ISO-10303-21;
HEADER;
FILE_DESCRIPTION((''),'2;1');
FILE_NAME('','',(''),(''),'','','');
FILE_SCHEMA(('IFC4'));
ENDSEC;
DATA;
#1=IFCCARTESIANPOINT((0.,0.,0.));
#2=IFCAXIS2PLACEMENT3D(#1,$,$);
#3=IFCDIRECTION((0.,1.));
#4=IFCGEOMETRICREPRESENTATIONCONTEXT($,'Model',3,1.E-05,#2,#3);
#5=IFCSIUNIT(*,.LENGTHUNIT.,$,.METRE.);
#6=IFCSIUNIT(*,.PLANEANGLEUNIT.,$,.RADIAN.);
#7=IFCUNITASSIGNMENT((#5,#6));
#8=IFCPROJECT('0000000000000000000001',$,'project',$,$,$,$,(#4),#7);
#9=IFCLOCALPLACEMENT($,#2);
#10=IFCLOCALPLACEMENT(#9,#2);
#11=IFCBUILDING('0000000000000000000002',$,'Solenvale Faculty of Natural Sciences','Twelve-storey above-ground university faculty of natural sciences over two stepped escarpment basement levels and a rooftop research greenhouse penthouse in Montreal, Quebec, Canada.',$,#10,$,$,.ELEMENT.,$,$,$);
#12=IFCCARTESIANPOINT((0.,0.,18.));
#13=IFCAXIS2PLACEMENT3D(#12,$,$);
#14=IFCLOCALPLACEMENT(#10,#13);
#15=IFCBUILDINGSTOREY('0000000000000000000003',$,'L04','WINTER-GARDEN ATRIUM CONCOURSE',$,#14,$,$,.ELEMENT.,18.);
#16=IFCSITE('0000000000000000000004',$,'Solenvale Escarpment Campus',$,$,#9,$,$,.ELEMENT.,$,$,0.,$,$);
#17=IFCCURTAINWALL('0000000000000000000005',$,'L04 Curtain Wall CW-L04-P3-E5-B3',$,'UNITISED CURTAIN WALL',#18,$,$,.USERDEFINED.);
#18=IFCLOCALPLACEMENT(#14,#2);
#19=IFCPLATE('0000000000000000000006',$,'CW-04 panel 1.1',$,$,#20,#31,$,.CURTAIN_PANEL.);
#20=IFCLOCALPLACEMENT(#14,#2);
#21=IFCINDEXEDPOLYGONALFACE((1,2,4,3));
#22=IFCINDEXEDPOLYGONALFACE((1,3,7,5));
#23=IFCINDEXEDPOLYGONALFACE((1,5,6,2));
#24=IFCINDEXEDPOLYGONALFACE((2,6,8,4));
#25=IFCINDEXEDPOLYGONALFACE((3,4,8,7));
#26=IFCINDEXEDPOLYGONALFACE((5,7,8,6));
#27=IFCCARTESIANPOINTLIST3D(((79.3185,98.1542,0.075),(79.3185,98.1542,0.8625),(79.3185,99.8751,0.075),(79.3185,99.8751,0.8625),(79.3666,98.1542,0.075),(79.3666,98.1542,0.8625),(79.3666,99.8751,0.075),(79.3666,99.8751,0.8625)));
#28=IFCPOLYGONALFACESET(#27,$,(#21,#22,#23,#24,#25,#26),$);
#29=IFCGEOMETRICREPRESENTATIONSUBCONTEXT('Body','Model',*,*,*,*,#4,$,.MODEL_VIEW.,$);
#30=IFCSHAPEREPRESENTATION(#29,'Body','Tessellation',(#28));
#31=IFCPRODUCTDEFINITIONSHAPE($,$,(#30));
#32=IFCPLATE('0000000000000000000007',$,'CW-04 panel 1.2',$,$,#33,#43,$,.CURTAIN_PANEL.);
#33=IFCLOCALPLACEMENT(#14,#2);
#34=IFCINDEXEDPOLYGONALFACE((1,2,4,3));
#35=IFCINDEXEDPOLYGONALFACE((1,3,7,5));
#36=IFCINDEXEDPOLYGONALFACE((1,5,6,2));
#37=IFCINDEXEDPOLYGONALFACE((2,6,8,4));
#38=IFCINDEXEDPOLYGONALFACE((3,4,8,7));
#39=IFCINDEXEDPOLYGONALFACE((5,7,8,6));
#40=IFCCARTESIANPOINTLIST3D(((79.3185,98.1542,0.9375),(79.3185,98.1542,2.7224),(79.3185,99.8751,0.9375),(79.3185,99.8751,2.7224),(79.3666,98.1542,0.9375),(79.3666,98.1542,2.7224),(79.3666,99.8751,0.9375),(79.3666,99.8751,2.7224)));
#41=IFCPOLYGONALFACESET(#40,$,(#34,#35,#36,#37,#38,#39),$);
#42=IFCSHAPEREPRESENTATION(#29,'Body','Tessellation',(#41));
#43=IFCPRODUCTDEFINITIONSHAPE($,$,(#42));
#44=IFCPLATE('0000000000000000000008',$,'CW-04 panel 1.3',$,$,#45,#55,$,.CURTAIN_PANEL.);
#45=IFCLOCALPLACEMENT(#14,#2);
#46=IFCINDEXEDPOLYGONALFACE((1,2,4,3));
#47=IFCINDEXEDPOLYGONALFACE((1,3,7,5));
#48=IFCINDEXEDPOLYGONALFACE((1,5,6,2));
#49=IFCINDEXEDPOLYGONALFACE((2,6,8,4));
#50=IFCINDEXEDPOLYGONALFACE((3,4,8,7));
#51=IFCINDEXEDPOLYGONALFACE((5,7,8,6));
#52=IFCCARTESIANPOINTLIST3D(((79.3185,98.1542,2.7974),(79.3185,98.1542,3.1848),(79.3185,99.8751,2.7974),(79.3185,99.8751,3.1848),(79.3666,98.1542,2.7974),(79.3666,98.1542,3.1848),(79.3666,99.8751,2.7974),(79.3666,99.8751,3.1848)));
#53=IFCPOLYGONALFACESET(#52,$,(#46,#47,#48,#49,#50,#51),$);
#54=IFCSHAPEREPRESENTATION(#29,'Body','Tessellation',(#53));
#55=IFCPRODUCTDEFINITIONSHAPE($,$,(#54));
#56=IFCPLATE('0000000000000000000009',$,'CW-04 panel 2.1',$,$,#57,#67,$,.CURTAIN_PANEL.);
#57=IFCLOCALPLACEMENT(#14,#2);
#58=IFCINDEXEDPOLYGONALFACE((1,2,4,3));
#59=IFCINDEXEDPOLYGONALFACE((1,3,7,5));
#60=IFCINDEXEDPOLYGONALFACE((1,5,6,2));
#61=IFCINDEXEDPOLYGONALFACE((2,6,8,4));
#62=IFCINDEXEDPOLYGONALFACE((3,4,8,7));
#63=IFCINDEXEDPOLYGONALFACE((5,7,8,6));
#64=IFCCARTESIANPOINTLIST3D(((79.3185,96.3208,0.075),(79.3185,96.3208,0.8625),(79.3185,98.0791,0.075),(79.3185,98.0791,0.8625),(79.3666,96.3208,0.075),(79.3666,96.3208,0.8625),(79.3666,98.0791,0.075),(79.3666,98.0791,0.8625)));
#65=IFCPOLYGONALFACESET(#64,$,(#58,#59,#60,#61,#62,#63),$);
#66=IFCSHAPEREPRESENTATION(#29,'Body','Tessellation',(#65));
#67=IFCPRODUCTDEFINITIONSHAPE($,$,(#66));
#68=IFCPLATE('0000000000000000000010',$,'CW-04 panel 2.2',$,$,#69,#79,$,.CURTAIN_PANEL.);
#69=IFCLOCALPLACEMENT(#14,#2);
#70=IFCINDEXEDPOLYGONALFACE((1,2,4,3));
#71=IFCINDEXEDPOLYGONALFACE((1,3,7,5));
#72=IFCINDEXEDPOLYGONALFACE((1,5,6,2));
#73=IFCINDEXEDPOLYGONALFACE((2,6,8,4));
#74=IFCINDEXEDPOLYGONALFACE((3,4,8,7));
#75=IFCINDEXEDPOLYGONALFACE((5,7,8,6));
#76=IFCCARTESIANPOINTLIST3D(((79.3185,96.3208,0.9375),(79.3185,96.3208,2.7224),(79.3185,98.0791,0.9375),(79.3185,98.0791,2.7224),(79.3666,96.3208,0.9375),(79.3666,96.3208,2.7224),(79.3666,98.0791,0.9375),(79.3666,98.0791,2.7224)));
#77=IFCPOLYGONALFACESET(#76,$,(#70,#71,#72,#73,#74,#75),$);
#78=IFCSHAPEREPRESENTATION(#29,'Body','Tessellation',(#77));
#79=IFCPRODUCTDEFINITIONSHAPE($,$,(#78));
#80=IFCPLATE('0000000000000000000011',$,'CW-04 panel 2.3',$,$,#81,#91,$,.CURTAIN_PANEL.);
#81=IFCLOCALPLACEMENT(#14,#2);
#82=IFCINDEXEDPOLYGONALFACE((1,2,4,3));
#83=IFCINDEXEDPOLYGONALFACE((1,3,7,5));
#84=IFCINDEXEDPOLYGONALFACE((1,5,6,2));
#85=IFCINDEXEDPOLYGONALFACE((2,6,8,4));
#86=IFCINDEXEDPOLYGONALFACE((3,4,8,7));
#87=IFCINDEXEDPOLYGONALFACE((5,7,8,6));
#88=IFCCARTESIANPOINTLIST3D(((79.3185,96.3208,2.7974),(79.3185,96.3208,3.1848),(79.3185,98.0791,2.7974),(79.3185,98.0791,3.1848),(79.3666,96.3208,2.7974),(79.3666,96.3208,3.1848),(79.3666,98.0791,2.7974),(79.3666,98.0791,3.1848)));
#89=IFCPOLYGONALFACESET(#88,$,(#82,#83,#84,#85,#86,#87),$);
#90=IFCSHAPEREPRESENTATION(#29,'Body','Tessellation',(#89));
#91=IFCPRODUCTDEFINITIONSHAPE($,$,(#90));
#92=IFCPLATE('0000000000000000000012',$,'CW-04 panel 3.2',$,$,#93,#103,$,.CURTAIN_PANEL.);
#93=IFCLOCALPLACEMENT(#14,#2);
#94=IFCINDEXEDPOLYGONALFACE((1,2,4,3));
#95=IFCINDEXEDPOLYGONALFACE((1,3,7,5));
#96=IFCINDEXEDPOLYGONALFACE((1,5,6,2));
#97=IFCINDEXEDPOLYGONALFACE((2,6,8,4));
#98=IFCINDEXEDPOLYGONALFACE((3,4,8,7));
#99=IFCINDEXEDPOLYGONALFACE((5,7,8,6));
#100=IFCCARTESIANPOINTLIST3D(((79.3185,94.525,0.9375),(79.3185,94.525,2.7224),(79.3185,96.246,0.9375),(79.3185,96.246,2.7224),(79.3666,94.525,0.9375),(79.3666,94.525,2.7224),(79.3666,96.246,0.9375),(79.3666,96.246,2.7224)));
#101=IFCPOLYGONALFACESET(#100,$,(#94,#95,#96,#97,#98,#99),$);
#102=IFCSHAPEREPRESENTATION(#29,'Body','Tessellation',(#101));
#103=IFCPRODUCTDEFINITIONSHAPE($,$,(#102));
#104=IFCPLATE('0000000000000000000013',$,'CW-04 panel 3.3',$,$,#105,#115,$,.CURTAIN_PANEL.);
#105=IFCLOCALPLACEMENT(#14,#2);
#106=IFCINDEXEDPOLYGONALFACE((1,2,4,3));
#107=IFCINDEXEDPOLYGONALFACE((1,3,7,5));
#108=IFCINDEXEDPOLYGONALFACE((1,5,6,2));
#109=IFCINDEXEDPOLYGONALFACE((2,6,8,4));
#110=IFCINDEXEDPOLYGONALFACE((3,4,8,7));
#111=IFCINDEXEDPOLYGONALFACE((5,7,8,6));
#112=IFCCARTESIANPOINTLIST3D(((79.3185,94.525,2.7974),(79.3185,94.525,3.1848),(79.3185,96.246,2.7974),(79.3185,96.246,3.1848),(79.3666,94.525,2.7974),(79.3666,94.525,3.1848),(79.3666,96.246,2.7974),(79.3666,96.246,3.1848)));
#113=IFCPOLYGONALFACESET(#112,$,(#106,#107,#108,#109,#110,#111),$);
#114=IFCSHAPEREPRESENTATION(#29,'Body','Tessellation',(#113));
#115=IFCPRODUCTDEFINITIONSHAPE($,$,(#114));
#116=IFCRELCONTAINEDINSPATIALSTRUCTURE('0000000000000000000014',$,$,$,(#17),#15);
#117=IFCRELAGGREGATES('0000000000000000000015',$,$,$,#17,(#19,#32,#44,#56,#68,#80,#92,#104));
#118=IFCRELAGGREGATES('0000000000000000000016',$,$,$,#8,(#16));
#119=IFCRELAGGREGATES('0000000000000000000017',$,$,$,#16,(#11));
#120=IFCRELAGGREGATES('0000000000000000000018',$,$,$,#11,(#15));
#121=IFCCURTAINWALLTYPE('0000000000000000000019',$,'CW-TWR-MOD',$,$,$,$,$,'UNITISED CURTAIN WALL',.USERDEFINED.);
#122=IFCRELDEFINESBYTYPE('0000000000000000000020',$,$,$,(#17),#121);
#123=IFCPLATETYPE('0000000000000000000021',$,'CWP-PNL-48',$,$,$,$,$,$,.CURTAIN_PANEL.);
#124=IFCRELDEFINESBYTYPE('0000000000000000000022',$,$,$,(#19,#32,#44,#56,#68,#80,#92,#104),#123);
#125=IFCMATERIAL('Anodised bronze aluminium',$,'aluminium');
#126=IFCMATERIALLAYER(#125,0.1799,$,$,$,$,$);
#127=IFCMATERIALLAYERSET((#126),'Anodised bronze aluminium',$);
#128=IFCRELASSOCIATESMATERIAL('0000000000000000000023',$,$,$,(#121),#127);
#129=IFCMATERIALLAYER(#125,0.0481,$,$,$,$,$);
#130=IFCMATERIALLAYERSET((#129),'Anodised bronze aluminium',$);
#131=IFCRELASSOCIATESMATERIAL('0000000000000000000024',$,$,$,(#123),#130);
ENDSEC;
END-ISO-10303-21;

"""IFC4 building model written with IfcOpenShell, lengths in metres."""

from ifc_helpers import new_model, si_unit, direction, frame, origin, origin_2d, place, context, subcontext, project, spatial, rectangle, extrude, material, layer, layer_set, type_object, element, aggregate, save


model = new_model("IFC4")

# Units and contexts
model_context = context("Model", 3, precision=1e-05, world=origin(), true_north=direction((0.0, 1.0)))
body_context = subcontext(model_context, "Body", "Model", "MODEL_VIEW")
ifc_project = project(units=[si_unit("LENGTHUNIT", "METRE"), si_unit("PLANEANGLEUNIT", "RADIAN")], contexts=[model_context])

# Site, building, storey
site_placement = place(None, origin())
site = spatial("IfcSite", under=ifc_project, at=site_placement, Name="Solenvale Escarpment Campus", CompositionType="ELEMENT", RefElevation=0.0)
building_placement = place(site_placement, origin())
building = spatial("IfcBuilding", under=site, at=building_placement, Name="Solenvale Faculty of Natural Sciences", Description="Twelve-storey above-ground university faculty of natural sciences over two stepped escarpment basement levels and a rooftop research greenhouse penthouse in Montreal, Quebec, Canada.", CompositionType="ELEMENT")
storey_placement = place(building_placement, frame((0.0, 0.0, 18.0)))
storey = spatial("IfcBuildingStorey", under=building, at=storey_placement, Name="L04", Description="WINTER-GARDEN ATRIUM CONCOURSE", CompositionType="ELEMENT", Elevation=18.0)

# Curtain wall, plates
ifc_material = material(Name="Anodised bronze aluminium", Category="aluminium")
ifc_layer_1 = layer(ifc_material, 0.1799)
ifc_layer_set_1 = layer_set([ifc_layer_1], Name="Anodised bronze aluminium")
curtain_wall_type = type_object("IfcCurtainWallType", Name="CW-TWR-MOD", ElementType="UNITISED CURTAIN WALL", PredefinedType="USERDEFINED", material=ifc_layer_set_1)
curtain_wall_placement = place(storey_placement, origin())
curtain_wall = element("IfcCurtainWall", 1, at=curtain_wall_placement, inside=storey, type_object=curtain_wall_type, Name="L04 Curtain Wall CW-L04-P3-E5-B3", ObjectType="UNITISED CURTAIN WALL", PredefinedType="USERDEFINED")
ifc_layer_2 = layer(ifc_material, 0.0481)
ifc_layer_set_2 = layer_set([ifc_layer_2], Name="Anodised bronze aluminium")
plate_type = type_object("IfcPlateType", Name="CWP-PNL-48", PredefinedType="CURTAIN_PANEL", material=ifc_layer_set_2)
plate_1_placement = place(storey_placement, frame((79.3425, 99.0146, 0.075), z_axis=(0.0, 0.0, 1.0), x_axis=(0.0, -1.0, 0.0)))
plate_1 = element("IfcPlate", 2, at=plate_1_placement, type_object=plate_type, Name="CW-04 panel 1.1", PredefinedType="CURTAIN_PANEL", context=body_context, shape_type="SweptSolid", body=[
    extrude(rectangle(XDim=1.7209, YDim=0.0481, at=origin_2d()), origin(), (0.0, 0.0, 1.0), 0.7876),
])
plate_2_placement = place(storey_placement, frame((79.3425, 99.0146, 0.9375), z_axis=(0.0, 0.0, 1.0), x_axis=(0.0, -1.0, 0.0)))
plate_2 = element("IfcPlate", 3, at=plate_2_placement, type_object=plate_type, Name="CW-04 panel 1.2", PredefinedType="CURTAIN_PANEL", context=body_context, shape_type="SweptSolid", body=[
    extrude(rectangle(XDim=1.7209, YDim=0.0481, at=origin_2d()), origin(), (0.0, 0.0, 1.0), 1.7849),
])
plate_3_placement = place(storey_placement, frame((79.3425, 99.0146, 2.7974), z_axis=(0.0, 0.0, 1.0), x_axis=(0.0, -1.0, 0.0)))
plate_3 = element("IfcPlate", 4, at=plate_3_placement, type_object=plate_type, Name="CW-04 panel 1.3", PredefinedType="CURTAIN_PANEL", context=body_context, shape_type="SweptSolid", body=[
    extrude(rectangle(XDim=1.7209, YDim=0.0481, at=origin_2d()), origin(), (0.0, 0.0, 1.0), 0.3875),
])
plate_4_placement = place(storey_placement, frame((79.3425, 97.2, 0.075), z_axis=(0.0, 0.0, 1.0), x_axis=(0.0, -1.0, 0.0)))
plate_4 = element("IfcPlate", 5, at=plate_4_placement, type_object=plate_type, Name="CW-04 panel 2.1", PredefinedType="CURTAIN_PANEL", context=body_context, shape_type="SweptSolid", body=[
    extrude(rectangle(XDim=1.7583, YDim=0.0481, at=origin_2d()), origin(), (0.0, 0.0, 1.0), 0.7876),
])
plate_5_placement = place(storey_placement, frame((79.3425, 97.2, 0.9375), z_axis=(0.0, 0.0, 1.0), x_axis=(0.0, -1.0, 0.0)))
plate_5 = element("IfcPlate", 6, at=plate_5_placement, type_object=plate_type, Name="CW-04 panel 2.2", PredefinedType="CURTAIN_PANEL", context=body_context, shape_type="SweptSolid", body=[
    extrude(rectangle(XDim=1.7583, YDim=0.0481, at=origin_2d()), origin(), (0.0, 0.0, 1.0), 1.7849),
])
plate_6_placement = place(storey_placement, frame((79.3425, 97.2, 2.7974), z_axis=(0.0, 0.0, 1.0), x_axis=(0.0, -1.0, 0.0)))
plate_6 = element("IfcPlate", 7, at=plate_6_placement, type_object=plate_type, Name="CW-04 panel 2.3", PredefinedType="CURTAIN_PANEL", context=body_context, shape_type="SweptSolid", body=[
    extrude(rectangle(XDim=1.7583, YDim=0.0481, at=origin_2d()), origin(), (0.0, 0.0, 1.0), 0.3875),
])
plate_7_placement = place(storey_placement, frame((79.3425, 95.3855, 0.9375), z_axis=(0.0, 0.0, 1.0), x_axis=(0.0, -1.0, 0.0)))
plate_7 = element("IfcPlate", 8, at=plate_7_placement, type_object=plate_type, Name="CW-04 panel 3.2", PredefinedType="CURTAIN_PANEL", context=body_context, shape_type="SweptSolid", body=[
    extrude(rectangle(XDim=1.7209, YDim=0.0481, at=origin_2d()), origin(), (0.0, 0.0, 1.0), 1.7849),
])
plate_8_placement = place(storey_placement, frame((79.3425, 95.3855, 2.7974), z_axis=(0.0, 0.0, 1.0), x_axis=(0.0, -1.0, 0.0)))
plate_8 = element("IfcPlate", 9, at=plate_8_placement, type_object=plate_type, Name="CW-04 panel 3.3", PredefinedType="CURTAIN_PANEL", context=body_context, shape_type="SweptSolid", body=[
    extrude(rectangle(XDim=1.7209, YDim=0.0481, at=origin_2d()), origin(), (0.0, 0.0, 1.0), 0.3875),
])
aggregate(curtain_wall, [plate_1, plate_2, plate_3, plate_4, plate_5, plate_6, plate_7, plate_8])

save(model, "model.ifc")
